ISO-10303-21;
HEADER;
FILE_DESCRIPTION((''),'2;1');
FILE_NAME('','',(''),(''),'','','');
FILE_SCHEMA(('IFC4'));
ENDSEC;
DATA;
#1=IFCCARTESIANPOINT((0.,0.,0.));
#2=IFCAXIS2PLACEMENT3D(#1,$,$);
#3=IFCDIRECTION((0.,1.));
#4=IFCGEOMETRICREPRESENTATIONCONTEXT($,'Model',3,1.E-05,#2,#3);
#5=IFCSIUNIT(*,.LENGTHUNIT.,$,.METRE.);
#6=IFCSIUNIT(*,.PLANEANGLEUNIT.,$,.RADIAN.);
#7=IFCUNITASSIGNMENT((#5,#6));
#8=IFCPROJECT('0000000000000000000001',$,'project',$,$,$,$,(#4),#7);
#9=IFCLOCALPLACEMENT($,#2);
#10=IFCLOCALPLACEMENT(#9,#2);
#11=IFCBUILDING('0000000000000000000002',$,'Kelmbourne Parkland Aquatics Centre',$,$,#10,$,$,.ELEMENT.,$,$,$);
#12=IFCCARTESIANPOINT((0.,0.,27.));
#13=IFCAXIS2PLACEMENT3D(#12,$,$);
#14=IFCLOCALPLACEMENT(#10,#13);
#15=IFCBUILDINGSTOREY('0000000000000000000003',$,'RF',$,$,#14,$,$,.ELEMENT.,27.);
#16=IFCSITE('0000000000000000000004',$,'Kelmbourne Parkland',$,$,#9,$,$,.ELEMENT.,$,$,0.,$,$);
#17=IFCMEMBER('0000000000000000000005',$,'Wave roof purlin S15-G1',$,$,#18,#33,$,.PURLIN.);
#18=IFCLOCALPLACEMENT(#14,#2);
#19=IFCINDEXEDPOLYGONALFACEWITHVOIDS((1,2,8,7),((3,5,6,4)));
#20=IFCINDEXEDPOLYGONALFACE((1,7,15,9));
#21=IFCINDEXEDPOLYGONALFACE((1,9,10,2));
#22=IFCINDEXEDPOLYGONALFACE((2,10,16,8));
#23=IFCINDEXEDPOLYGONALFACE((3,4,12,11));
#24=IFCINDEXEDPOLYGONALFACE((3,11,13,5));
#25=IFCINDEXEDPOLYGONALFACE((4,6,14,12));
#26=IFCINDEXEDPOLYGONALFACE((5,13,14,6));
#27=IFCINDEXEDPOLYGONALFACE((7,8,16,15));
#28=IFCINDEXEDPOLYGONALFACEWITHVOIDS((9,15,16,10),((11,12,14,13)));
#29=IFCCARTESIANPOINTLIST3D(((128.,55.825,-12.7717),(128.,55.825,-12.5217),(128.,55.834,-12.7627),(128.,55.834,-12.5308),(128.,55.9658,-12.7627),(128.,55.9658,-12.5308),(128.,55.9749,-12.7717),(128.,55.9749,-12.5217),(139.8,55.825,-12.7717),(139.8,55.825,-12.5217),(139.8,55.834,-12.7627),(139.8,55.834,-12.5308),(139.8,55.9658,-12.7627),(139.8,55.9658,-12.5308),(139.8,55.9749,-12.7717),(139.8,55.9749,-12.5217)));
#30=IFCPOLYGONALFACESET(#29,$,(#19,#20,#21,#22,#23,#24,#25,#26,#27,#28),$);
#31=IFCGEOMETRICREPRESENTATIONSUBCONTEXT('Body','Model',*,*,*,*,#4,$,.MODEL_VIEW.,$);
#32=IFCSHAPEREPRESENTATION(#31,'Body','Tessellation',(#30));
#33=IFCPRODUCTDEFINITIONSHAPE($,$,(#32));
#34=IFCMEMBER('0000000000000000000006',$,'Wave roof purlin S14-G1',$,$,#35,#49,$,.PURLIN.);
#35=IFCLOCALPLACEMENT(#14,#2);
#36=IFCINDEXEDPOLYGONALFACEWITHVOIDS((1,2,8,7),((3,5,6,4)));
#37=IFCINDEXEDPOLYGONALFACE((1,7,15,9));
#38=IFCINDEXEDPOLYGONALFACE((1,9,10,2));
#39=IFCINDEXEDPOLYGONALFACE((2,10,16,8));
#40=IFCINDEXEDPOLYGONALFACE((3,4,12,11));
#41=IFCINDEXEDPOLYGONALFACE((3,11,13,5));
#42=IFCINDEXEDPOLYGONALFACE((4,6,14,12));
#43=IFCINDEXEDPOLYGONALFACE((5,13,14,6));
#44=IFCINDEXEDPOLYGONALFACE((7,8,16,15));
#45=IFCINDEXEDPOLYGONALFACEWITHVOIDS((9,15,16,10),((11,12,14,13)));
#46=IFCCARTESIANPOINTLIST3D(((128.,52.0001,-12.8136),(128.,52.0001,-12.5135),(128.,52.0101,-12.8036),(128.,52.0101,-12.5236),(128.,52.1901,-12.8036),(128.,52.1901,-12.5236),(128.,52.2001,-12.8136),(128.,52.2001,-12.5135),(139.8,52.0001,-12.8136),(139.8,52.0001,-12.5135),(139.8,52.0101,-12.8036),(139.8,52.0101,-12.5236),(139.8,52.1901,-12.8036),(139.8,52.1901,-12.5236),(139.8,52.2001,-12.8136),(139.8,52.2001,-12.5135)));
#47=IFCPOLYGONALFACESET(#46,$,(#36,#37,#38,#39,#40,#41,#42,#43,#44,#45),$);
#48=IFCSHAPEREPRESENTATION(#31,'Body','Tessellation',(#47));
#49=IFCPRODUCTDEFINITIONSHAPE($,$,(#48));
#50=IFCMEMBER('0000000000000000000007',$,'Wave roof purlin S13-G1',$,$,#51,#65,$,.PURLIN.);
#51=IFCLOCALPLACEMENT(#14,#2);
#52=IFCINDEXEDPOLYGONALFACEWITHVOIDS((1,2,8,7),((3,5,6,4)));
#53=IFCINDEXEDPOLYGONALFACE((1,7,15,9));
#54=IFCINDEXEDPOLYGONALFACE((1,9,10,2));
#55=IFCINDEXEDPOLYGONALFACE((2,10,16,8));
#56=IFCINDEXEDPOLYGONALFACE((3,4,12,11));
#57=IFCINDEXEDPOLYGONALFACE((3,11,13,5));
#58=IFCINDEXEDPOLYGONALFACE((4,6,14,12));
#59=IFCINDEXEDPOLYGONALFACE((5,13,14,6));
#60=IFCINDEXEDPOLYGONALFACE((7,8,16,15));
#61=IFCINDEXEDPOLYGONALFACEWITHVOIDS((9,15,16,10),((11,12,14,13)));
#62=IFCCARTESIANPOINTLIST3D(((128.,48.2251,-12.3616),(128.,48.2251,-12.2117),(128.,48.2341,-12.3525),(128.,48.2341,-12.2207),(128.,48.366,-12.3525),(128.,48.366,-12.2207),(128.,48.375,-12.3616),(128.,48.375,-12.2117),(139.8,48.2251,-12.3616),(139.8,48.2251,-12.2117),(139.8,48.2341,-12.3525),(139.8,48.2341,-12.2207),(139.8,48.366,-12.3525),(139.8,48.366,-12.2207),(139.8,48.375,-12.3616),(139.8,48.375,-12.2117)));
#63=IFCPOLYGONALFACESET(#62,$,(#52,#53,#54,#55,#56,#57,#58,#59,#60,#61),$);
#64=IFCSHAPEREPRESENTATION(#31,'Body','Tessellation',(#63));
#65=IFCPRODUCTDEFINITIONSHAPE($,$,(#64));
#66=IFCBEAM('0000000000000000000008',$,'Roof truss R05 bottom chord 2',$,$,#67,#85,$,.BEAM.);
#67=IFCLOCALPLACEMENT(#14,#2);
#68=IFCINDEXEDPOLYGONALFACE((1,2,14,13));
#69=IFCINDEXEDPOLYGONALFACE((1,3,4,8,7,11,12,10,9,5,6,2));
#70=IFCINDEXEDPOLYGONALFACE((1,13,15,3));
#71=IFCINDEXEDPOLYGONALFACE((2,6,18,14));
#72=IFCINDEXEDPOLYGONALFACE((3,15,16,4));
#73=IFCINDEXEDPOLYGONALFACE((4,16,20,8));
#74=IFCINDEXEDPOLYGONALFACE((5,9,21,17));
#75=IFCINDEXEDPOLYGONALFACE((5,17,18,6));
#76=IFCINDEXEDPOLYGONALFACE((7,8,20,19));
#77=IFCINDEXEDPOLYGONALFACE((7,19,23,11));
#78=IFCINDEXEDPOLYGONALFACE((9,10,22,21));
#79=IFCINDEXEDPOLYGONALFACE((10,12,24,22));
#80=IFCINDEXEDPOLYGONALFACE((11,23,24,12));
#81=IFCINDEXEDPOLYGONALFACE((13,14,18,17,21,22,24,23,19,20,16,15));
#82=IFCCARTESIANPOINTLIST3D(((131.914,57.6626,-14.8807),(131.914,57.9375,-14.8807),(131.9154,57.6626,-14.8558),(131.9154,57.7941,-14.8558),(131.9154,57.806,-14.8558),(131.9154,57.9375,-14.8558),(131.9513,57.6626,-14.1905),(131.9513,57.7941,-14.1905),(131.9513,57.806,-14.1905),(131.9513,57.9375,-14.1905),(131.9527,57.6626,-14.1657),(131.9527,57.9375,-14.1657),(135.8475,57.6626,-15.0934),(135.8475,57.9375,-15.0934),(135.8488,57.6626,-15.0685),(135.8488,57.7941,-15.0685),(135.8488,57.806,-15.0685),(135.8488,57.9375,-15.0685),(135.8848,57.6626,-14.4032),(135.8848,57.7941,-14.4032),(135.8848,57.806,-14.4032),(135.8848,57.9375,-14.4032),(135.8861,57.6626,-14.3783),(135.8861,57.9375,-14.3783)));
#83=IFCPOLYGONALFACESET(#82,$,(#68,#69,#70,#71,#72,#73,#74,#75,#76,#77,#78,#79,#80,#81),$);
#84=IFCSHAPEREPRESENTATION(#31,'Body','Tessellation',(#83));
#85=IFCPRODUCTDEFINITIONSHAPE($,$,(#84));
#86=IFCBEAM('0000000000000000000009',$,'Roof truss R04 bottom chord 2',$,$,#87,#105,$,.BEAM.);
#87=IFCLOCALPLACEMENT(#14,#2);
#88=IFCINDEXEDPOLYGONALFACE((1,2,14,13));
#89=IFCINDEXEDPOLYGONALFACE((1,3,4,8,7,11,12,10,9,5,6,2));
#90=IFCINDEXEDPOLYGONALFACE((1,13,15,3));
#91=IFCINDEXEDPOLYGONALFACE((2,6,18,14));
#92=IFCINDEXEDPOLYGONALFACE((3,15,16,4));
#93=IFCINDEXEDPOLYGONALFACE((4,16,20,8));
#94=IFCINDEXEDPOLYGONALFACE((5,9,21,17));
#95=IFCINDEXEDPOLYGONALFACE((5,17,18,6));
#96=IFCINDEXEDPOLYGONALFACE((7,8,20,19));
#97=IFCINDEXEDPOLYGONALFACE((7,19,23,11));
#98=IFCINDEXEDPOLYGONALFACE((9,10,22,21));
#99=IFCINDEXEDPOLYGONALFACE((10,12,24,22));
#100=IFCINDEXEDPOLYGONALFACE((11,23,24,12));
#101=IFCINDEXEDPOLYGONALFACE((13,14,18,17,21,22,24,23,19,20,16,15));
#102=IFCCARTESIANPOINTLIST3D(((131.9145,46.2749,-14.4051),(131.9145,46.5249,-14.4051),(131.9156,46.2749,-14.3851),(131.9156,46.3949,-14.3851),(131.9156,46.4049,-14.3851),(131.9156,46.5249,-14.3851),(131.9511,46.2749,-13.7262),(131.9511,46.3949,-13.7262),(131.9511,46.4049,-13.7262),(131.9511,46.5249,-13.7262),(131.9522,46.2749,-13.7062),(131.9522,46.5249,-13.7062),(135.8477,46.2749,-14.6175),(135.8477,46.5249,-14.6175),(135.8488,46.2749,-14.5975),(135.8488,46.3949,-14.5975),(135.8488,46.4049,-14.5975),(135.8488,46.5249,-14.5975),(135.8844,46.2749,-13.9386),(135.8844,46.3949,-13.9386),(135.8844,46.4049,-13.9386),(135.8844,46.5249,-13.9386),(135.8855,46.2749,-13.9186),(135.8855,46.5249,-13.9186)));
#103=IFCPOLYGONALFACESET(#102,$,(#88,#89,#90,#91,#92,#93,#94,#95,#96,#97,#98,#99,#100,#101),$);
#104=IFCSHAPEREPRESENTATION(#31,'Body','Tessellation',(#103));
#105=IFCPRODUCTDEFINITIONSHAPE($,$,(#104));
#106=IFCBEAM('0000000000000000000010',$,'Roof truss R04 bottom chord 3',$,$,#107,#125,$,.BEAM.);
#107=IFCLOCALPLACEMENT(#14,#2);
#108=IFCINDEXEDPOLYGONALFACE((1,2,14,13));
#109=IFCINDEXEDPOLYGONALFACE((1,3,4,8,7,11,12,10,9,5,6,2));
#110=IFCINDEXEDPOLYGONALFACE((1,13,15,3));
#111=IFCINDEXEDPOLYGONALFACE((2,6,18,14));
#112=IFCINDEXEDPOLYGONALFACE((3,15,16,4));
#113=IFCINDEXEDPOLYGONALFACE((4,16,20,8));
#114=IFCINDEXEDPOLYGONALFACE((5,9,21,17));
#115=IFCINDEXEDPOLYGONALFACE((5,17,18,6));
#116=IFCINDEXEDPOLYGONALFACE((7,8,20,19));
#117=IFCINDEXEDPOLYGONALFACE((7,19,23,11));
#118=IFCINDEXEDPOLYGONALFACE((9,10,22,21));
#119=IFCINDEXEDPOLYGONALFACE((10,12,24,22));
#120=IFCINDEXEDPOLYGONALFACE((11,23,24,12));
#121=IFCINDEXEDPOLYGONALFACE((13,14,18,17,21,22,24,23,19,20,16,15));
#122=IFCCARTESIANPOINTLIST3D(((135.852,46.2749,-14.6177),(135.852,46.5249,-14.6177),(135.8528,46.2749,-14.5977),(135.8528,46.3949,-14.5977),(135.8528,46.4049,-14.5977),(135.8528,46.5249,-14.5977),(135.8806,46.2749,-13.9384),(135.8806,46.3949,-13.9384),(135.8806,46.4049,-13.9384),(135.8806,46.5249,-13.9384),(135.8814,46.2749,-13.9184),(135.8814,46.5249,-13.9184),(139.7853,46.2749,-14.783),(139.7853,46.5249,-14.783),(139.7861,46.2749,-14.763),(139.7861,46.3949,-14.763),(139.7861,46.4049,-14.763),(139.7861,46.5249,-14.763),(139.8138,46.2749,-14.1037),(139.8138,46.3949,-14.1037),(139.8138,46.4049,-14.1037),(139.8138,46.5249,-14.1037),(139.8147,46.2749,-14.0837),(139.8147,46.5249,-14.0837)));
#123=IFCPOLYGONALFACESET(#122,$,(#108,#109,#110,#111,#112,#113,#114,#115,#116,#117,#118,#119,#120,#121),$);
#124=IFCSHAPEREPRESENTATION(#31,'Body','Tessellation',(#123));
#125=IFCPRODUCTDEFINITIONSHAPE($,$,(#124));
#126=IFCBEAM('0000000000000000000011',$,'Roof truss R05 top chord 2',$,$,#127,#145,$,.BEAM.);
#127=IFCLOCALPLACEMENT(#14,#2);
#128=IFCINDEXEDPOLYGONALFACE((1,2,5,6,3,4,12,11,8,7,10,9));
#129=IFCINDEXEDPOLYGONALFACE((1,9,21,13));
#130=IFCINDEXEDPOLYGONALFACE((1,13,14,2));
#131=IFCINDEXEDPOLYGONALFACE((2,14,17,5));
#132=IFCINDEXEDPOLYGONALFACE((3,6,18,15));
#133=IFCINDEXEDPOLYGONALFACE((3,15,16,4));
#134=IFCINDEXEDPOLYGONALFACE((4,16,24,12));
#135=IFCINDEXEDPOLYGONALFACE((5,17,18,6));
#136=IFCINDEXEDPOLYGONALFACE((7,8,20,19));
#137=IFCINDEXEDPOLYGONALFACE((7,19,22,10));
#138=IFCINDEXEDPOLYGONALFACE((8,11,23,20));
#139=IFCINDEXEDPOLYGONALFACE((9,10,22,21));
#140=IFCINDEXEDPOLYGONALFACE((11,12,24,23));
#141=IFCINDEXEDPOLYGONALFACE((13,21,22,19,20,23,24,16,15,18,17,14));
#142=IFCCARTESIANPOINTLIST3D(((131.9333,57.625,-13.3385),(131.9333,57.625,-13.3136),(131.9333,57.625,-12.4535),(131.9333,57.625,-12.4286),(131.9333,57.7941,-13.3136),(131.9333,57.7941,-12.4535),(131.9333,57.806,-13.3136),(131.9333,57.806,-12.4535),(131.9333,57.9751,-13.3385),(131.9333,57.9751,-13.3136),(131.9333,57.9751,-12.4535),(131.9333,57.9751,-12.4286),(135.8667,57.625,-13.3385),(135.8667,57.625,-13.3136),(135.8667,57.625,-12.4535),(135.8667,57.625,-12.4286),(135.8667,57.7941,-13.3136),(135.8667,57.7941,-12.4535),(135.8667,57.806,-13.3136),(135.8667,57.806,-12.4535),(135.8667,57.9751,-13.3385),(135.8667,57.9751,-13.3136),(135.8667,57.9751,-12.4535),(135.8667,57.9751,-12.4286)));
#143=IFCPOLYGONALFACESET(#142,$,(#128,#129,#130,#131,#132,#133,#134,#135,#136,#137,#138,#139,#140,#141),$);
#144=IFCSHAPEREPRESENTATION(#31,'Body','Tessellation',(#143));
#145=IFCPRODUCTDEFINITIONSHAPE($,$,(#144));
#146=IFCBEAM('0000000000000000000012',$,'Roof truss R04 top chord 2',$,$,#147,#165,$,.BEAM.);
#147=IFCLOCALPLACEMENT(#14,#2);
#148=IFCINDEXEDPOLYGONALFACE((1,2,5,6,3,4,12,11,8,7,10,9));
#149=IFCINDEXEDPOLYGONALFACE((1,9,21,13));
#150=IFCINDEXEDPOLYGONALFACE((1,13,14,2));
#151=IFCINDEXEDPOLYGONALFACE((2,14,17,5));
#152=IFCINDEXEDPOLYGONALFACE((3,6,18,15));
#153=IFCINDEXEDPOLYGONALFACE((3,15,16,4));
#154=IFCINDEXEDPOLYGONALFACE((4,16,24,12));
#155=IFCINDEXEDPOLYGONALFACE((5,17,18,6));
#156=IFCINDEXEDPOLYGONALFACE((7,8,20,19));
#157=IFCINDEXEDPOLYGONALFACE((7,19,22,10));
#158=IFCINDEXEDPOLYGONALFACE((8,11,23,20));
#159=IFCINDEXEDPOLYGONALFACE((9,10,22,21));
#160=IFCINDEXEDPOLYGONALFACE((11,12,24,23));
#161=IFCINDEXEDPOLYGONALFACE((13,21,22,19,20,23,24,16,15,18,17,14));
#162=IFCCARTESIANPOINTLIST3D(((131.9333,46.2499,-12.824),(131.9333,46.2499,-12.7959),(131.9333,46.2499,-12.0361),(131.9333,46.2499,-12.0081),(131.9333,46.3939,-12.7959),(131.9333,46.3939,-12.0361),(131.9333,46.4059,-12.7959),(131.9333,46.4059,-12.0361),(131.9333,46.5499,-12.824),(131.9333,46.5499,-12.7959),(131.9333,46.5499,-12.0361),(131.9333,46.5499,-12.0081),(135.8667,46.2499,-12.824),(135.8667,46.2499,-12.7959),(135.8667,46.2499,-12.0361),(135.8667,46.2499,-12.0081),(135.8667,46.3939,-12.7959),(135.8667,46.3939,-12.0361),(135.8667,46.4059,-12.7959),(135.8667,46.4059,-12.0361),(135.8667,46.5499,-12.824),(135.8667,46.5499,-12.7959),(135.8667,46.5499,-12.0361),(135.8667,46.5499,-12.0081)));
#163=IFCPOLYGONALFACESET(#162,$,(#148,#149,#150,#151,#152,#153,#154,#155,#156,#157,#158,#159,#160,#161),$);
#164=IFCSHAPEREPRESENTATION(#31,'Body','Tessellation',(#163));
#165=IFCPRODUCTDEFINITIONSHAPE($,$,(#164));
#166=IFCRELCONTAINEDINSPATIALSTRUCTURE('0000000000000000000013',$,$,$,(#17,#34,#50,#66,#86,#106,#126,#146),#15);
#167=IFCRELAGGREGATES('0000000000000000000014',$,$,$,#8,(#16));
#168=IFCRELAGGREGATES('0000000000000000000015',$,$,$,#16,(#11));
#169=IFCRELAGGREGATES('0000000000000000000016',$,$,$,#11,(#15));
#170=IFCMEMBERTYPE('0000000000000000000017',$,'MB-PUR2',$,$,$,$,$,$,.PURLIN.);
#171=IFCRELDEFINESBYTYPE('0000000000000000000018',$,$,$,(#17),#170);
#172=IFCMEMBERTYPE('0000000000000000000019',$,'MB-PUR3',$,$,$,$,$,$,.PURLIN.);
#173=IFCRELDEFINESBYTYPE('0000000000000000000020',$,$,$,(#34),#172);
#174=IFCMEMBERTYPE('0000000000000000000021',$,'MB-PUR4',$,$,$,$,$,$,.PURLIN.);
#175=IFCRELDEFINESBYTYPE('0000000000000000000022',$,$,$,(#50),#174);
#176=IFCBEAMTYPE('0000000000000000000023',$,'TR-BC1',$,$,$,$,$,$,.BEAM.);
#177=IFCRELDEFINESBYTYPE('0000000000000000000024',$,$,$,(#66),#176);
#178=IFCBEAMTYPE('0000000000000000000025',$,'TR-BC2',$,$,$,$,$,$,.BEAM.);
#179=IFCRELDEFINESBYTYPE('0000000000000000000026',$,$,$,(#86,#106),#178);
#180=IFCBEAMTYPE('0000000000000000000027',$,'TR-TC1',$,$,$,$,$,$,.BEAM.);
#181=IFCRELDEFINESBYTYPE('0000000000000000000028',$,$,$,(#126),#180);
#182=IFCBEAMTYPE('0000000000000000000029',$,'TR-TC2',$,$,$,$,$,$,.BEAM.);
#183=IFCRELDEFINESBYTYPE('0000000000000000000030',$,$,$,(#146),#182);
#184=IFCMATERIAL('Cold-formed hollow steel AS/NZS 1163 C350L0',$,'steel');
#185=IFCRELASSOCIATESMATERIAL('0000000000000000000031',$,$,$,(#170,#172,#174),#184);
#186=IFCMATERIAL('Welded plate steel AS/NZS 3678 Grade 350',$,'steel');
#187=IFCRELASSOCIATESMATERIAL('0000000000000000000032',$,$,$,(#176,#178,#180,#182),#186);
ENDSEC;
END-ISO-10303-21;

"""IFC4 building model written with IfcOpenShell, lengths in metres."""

from ifc_helpers import new_model, si_unit, direction, frame, origin, origin_2d, place, context, subcontext, project, spatial, hollow_rectangle, i_section, extrude, material, material_profile, profile_set, type_object, element, save


model = new_model("IFC4")

# Units and contexts
model_context = context("Model", 3, precision=1e-05, world=origin(), true_north=direction((0.0, 1.0)))
body_context = subcontext(model_context, "Body", "Model", "MODEL_VIEW")
ifc_project = project(units=[si_unit("LENGTHUNIT", "METRE"), si_unit("PLANEANGLEUNIT", "RADIAN")], contexts=[model_context])

# Site, building, storey
site_placement = place(None, origin())
site = spatial("IfcSite", under=ifc_project, at=site_placement, Name="Kelmbourne Parkland", CompositionType="ELEMENT", RefElevation=0.0)
building_placement = place(site_placement, origin())
building = spatial("IfcBuilding", under=site, at=building_placement, Name="Kelmbourne Parkland Aquatics Centre", CompositionType="ELEMENT")
storey_placement = place(building_placement, frame((0.0, 0.0, 27.0)))
storey = spatial("IfcBuildingStorey", under=building, at=storey_placement, Name="RF", CompositionType="ELEMENT", Elevation=27.0)

# Members
ifc_material_1 = material(Name="Cold-formed hollow steel AS/NZS 1163 C350L0", Category="steel")
ifc_material_profile_1 = material_profile(ifc_material_1, hollow_rectangle(XDim=0.1499, YDim=0.25, WallThickness=0.009, at=origin_2d()), Name="RHS 250x150x9.0")
ifc_profile_set_1 = profile_set([ifc_material_profile_1], Name="Cold-formed hollow steel AS/NZS 1163 C350L0")
member_type_1 = type_object("IfcMemberType", Name="MB-PUR2", PredefinedType="PURLIN", material=ifc_profile_set_1)
member_1_placement = place(storey_placement, frame((128.0, 55.8999, -12.6467), z_axis=(1.0, 0.0, 0.0), x_axis=(0.0, 1.0, 0.0)))
element("IfcMember", 1, at=member_1_placement, inside=storey, type_object=member_type_1, Name="Wave roof purlin S15-G1", PredefinedType="PURLIN", context=body_context, shape_type="SweptSolid", body=[
    extrude(hollow_rectangle(XDim=0.1499, YDim=0.25, WallThickness=0.009, at=origin_2d()), origin(), (0.0, 0.0, 1.0), 11.8),
])
ifc_material_profile_2 = material_profile(ifc_material_1, hollow_rectangle(XDim=0.2, YDim=0.3, WallThickness=0.01, at=origin_2d()), Name="RHS 300x200x10.0")
ifc_profile_set_2 = profile_set([ifc_material_profile_2], Name="Cold-formed hollow steel AS/NZS 1163 C350L0")
member_type_2 = type_object("IfcMemberType", Name="MB-PUR3", PredefinedType="PURLIN", material=ifc_profile_set_2)
member_2_placement = place(storey_placement, frame((128.0, 52.1001, -12.6636), z_axis=(1.0, 0.0, 0.0), x_axis=(0.0, 1.0, 0.0)))
element("IfcMember", 2, at=member_2_placement, inside=storey, type_object=member_type_2, Name="Wave roof purlin S14-G1", PredefinedType="PURLIN", context=body_context, shape_type="SweptSolid", body=[
    extrude(hollow_rectangle(XDim=0.2, YDim=0.3, WallThickness=0.01, at=origin_2d()), origin(), (0.0, 0.0, 1.0), 11.8),
])
ifc_material_profile_3 = material_profile(ifc_material_1, hollow_rectangle(XDim=0.1499, YDim=0.1499, WallThickness=0.009, at=origin_2d()), Name="SHS 150x150x9.0")
ifc_profile_set_3 = profile_set([ifc_material_profile_3], Name="Cold-formed hollow steel AS/NZS 1163 C350L0")
member_type_3 = type_object("IfcMemberType", Name="MB-PUR4", PredefinedType="PURLIN", material=ifc_profile_set_3)
member_3_placement = place(storey_placement, frame((128.0, 48.3, -12.2866), z_axis=(1.0, 0.0, 0.0), x_axis=(0.0, 1.0, 0.0)))
element("IfcMember", 3, at=member_3_placement, inside=storey, type_object=member_type_3, Name="Wave roof purlin S13-G1", PredefinedType="PURLIN", context=body_context, shape_type="SweptSolid", body=[
    extrude(hollow_rectangle(XDim=0.1499, YDim=0.1499, WallThickness=0.009, at=origin_2d()), origin(), (0.0, 0.0, 1.0), 11.8),
])

# Beams
ifc_material_2 = material(Name="Welded plate steel AS/NZS 3678 Grade 350", Category="steel")
ifc_material_profile_4 = material_profile(ifc_material_2, i_section(OverallWidth=0.2749, OverallDepth=0.7161, WebThickness=0.012, FlangeThickness=0.0249, at=origin_2d()), Name="700WB173")
ifc_profile_set_4 = profile_set([ifc_material_profile_4], Name="Welded plate steel AS/NZS 3678 Grade 350")
beam_type_1 = type_object("IfcBeamType", Name="TR-BC1", PredefinedType="BEAM", material=ifc_profile_set_4)
beam_1_placement = place(storey_placement, frame((131.9333, 57.8, -14.5232), z_axis=(0.998542, 0.0, -0.053984), x_axis=(0.0, 1.0, 0.0)))
element("IfcBeam", 4, at=beam_1_placement, inside=storey, type_object=beam_type_1, Name="Roof truss R05 bottom chord 2", PredefinedType="BEAM", context=body_context, shape_type="SweptSolid", body=[
    extrude(i_section(OverallWidth=0.2749, OverallDepth=0.7161, WebThickness=0.012, FlangeThickness=0.0249, at=origin_2d()), origin(), (0.0, 0.0, 1.0), 3.9392),
])
ifc_material_profile_5 = material_profile(ifc_material_2, i_section(OverallWidth=0.25, OverallDepth=0.7, WebThickness=0.01, FlangeThickness=0.02, at=origin_2d()), Name="700WB130")
ifc_profile_set_5 = profile_set([ifc_material_profile_5], Name="Welded plate steel AS/NZS 3678 Grade 350")
beam_type_2 = type_object("IfcBeamType", Name="TR-BC2", PredefinedType="BEAM", material=ifc_profile_set_5)
beam_2_placement = place(storey_placement, frame((131.9333, 46.3999, -14.0557), z_axis=(0.998545, 0.0, -0.053922), x_axis=(0.0, 1.0, 0.0)))
element("IfcBeam", 5, at=beam_2_placement, inside=storey, type_object=beam_type_2, Name="Roof truss R04 bottom chord 2", PredefinedType="BEAM", context=body_context, shape_type="SweptSolid", body=[
    extrude(i_section(OverallWidth=0.25, OverallDepth=0.7, WebThickness=0.01, FlangeThickness=0.02, at=origin_2d()), origin(), (0.0, 0.0, 1.0), 3.939),
])
beam_3_placement = place(storey_placement, frame((135.8667, 46.3999, -14.2681), z_axis=(0.999118, 0.0, -0.041984), x_axis=(0.0, 1.0, 0.0)))
element("IfcBeam", 6, at=beam_3_placement, inside=storey, type_object=beam_type_2, Name="Roof truss R04 bottom chord 3", PredefinedType="BEAM", context=body_context, shape_type="SweptSolid", body=[
    extrude(i_section(OverallWidth=0.25, OverallDepth=0.7, WebThickness=0.01, FlangeThickness=0.02, at=origin_2d()), origin(), (0.0, 0.0, 1.0), 3.9368),
])
ifc_material_profile_6 = material_profile(ifc_material_2, i_section(OverallWidth=0.3501, OverallDepth=0.9099, WebThickness=0.012, FlangeThickness=0.0249, at=origin_2d()), Name="900WB218")
ifc_profile_set_6 = profile_set([ifc_material_profile_6], Name="Welded plate steel AS/NZS 3678 Grade 350")
beam_type_3 = type_object("IfcBeamType", Name="TR-TC1", PredefinedType="BEAM", material=ifc_profile_set_6)
beam_4_placement = place(storey_placement, frame((131.9333, 57.8, -12.8835), z_axis=(1.0, 0.0, 0.0), x_axis=(0.0, 1.0, 0.0)))
element("IfcBeam", 7, at=beam_4_placement, inside=storey, type_object=beam_type_3, Name="Roof truss R05 top chord 2", PredefinedType="BEAM", context=body_context, shape_type="SweptSolid", body=[
    extrude(i_section(OverallWidth=0.3501, OverallDepth=0.9099, WebThickness=0.012, FlangeThickness=0.0249, at=origin_2d()), origin(), (0.0, 0.0, 1.0), 3.9333),
])
ifc_material_profile_7 = material_profile(ifc_material_2, i_section(OverallWidth=0.3, OverallDepth=0.8159, WebThickness=0.012, FlangeThickness=0.0281, at=origin_2d()), Name="800WB192")
ifc_profile_set_7 = profile_set([ifc_material_profile_7], Name="Welded plate steel AS/NZS 3678 Grade 350")
beam_type_4 = type_object("IfcBeamType", Name="TR-TC2", PredefinedType="BEAM", material=ifc_profile_set_7)
for number, where, z_axis, x_axis, name in (
    (8, (131.9333, 46.3999, -12.416), (1.0, 0.0, 0.0), (0.0, 1.0, 0.0), "Roof truss R04 top chord 2"),
):
    element("IfcBeam", number, at=place(storey_placement, frame(where, z_axis=z_axis, x_axis=x_axis)), inside=storey, type_object=beam_type_4, Name=name, PredefinedType="BEAM", context=body_context, shape_type="SweptSolid", body=[
        extrude(i_section(OverallWidth=0.3, OverallDepth=0.8159, WebThickness=0.012, FlangeThickness=0.0281, at=origin_2d()), origin(), (0.0, 0.0, 1.0), 3.9333),
    ])

save(model, "model.ifc")
